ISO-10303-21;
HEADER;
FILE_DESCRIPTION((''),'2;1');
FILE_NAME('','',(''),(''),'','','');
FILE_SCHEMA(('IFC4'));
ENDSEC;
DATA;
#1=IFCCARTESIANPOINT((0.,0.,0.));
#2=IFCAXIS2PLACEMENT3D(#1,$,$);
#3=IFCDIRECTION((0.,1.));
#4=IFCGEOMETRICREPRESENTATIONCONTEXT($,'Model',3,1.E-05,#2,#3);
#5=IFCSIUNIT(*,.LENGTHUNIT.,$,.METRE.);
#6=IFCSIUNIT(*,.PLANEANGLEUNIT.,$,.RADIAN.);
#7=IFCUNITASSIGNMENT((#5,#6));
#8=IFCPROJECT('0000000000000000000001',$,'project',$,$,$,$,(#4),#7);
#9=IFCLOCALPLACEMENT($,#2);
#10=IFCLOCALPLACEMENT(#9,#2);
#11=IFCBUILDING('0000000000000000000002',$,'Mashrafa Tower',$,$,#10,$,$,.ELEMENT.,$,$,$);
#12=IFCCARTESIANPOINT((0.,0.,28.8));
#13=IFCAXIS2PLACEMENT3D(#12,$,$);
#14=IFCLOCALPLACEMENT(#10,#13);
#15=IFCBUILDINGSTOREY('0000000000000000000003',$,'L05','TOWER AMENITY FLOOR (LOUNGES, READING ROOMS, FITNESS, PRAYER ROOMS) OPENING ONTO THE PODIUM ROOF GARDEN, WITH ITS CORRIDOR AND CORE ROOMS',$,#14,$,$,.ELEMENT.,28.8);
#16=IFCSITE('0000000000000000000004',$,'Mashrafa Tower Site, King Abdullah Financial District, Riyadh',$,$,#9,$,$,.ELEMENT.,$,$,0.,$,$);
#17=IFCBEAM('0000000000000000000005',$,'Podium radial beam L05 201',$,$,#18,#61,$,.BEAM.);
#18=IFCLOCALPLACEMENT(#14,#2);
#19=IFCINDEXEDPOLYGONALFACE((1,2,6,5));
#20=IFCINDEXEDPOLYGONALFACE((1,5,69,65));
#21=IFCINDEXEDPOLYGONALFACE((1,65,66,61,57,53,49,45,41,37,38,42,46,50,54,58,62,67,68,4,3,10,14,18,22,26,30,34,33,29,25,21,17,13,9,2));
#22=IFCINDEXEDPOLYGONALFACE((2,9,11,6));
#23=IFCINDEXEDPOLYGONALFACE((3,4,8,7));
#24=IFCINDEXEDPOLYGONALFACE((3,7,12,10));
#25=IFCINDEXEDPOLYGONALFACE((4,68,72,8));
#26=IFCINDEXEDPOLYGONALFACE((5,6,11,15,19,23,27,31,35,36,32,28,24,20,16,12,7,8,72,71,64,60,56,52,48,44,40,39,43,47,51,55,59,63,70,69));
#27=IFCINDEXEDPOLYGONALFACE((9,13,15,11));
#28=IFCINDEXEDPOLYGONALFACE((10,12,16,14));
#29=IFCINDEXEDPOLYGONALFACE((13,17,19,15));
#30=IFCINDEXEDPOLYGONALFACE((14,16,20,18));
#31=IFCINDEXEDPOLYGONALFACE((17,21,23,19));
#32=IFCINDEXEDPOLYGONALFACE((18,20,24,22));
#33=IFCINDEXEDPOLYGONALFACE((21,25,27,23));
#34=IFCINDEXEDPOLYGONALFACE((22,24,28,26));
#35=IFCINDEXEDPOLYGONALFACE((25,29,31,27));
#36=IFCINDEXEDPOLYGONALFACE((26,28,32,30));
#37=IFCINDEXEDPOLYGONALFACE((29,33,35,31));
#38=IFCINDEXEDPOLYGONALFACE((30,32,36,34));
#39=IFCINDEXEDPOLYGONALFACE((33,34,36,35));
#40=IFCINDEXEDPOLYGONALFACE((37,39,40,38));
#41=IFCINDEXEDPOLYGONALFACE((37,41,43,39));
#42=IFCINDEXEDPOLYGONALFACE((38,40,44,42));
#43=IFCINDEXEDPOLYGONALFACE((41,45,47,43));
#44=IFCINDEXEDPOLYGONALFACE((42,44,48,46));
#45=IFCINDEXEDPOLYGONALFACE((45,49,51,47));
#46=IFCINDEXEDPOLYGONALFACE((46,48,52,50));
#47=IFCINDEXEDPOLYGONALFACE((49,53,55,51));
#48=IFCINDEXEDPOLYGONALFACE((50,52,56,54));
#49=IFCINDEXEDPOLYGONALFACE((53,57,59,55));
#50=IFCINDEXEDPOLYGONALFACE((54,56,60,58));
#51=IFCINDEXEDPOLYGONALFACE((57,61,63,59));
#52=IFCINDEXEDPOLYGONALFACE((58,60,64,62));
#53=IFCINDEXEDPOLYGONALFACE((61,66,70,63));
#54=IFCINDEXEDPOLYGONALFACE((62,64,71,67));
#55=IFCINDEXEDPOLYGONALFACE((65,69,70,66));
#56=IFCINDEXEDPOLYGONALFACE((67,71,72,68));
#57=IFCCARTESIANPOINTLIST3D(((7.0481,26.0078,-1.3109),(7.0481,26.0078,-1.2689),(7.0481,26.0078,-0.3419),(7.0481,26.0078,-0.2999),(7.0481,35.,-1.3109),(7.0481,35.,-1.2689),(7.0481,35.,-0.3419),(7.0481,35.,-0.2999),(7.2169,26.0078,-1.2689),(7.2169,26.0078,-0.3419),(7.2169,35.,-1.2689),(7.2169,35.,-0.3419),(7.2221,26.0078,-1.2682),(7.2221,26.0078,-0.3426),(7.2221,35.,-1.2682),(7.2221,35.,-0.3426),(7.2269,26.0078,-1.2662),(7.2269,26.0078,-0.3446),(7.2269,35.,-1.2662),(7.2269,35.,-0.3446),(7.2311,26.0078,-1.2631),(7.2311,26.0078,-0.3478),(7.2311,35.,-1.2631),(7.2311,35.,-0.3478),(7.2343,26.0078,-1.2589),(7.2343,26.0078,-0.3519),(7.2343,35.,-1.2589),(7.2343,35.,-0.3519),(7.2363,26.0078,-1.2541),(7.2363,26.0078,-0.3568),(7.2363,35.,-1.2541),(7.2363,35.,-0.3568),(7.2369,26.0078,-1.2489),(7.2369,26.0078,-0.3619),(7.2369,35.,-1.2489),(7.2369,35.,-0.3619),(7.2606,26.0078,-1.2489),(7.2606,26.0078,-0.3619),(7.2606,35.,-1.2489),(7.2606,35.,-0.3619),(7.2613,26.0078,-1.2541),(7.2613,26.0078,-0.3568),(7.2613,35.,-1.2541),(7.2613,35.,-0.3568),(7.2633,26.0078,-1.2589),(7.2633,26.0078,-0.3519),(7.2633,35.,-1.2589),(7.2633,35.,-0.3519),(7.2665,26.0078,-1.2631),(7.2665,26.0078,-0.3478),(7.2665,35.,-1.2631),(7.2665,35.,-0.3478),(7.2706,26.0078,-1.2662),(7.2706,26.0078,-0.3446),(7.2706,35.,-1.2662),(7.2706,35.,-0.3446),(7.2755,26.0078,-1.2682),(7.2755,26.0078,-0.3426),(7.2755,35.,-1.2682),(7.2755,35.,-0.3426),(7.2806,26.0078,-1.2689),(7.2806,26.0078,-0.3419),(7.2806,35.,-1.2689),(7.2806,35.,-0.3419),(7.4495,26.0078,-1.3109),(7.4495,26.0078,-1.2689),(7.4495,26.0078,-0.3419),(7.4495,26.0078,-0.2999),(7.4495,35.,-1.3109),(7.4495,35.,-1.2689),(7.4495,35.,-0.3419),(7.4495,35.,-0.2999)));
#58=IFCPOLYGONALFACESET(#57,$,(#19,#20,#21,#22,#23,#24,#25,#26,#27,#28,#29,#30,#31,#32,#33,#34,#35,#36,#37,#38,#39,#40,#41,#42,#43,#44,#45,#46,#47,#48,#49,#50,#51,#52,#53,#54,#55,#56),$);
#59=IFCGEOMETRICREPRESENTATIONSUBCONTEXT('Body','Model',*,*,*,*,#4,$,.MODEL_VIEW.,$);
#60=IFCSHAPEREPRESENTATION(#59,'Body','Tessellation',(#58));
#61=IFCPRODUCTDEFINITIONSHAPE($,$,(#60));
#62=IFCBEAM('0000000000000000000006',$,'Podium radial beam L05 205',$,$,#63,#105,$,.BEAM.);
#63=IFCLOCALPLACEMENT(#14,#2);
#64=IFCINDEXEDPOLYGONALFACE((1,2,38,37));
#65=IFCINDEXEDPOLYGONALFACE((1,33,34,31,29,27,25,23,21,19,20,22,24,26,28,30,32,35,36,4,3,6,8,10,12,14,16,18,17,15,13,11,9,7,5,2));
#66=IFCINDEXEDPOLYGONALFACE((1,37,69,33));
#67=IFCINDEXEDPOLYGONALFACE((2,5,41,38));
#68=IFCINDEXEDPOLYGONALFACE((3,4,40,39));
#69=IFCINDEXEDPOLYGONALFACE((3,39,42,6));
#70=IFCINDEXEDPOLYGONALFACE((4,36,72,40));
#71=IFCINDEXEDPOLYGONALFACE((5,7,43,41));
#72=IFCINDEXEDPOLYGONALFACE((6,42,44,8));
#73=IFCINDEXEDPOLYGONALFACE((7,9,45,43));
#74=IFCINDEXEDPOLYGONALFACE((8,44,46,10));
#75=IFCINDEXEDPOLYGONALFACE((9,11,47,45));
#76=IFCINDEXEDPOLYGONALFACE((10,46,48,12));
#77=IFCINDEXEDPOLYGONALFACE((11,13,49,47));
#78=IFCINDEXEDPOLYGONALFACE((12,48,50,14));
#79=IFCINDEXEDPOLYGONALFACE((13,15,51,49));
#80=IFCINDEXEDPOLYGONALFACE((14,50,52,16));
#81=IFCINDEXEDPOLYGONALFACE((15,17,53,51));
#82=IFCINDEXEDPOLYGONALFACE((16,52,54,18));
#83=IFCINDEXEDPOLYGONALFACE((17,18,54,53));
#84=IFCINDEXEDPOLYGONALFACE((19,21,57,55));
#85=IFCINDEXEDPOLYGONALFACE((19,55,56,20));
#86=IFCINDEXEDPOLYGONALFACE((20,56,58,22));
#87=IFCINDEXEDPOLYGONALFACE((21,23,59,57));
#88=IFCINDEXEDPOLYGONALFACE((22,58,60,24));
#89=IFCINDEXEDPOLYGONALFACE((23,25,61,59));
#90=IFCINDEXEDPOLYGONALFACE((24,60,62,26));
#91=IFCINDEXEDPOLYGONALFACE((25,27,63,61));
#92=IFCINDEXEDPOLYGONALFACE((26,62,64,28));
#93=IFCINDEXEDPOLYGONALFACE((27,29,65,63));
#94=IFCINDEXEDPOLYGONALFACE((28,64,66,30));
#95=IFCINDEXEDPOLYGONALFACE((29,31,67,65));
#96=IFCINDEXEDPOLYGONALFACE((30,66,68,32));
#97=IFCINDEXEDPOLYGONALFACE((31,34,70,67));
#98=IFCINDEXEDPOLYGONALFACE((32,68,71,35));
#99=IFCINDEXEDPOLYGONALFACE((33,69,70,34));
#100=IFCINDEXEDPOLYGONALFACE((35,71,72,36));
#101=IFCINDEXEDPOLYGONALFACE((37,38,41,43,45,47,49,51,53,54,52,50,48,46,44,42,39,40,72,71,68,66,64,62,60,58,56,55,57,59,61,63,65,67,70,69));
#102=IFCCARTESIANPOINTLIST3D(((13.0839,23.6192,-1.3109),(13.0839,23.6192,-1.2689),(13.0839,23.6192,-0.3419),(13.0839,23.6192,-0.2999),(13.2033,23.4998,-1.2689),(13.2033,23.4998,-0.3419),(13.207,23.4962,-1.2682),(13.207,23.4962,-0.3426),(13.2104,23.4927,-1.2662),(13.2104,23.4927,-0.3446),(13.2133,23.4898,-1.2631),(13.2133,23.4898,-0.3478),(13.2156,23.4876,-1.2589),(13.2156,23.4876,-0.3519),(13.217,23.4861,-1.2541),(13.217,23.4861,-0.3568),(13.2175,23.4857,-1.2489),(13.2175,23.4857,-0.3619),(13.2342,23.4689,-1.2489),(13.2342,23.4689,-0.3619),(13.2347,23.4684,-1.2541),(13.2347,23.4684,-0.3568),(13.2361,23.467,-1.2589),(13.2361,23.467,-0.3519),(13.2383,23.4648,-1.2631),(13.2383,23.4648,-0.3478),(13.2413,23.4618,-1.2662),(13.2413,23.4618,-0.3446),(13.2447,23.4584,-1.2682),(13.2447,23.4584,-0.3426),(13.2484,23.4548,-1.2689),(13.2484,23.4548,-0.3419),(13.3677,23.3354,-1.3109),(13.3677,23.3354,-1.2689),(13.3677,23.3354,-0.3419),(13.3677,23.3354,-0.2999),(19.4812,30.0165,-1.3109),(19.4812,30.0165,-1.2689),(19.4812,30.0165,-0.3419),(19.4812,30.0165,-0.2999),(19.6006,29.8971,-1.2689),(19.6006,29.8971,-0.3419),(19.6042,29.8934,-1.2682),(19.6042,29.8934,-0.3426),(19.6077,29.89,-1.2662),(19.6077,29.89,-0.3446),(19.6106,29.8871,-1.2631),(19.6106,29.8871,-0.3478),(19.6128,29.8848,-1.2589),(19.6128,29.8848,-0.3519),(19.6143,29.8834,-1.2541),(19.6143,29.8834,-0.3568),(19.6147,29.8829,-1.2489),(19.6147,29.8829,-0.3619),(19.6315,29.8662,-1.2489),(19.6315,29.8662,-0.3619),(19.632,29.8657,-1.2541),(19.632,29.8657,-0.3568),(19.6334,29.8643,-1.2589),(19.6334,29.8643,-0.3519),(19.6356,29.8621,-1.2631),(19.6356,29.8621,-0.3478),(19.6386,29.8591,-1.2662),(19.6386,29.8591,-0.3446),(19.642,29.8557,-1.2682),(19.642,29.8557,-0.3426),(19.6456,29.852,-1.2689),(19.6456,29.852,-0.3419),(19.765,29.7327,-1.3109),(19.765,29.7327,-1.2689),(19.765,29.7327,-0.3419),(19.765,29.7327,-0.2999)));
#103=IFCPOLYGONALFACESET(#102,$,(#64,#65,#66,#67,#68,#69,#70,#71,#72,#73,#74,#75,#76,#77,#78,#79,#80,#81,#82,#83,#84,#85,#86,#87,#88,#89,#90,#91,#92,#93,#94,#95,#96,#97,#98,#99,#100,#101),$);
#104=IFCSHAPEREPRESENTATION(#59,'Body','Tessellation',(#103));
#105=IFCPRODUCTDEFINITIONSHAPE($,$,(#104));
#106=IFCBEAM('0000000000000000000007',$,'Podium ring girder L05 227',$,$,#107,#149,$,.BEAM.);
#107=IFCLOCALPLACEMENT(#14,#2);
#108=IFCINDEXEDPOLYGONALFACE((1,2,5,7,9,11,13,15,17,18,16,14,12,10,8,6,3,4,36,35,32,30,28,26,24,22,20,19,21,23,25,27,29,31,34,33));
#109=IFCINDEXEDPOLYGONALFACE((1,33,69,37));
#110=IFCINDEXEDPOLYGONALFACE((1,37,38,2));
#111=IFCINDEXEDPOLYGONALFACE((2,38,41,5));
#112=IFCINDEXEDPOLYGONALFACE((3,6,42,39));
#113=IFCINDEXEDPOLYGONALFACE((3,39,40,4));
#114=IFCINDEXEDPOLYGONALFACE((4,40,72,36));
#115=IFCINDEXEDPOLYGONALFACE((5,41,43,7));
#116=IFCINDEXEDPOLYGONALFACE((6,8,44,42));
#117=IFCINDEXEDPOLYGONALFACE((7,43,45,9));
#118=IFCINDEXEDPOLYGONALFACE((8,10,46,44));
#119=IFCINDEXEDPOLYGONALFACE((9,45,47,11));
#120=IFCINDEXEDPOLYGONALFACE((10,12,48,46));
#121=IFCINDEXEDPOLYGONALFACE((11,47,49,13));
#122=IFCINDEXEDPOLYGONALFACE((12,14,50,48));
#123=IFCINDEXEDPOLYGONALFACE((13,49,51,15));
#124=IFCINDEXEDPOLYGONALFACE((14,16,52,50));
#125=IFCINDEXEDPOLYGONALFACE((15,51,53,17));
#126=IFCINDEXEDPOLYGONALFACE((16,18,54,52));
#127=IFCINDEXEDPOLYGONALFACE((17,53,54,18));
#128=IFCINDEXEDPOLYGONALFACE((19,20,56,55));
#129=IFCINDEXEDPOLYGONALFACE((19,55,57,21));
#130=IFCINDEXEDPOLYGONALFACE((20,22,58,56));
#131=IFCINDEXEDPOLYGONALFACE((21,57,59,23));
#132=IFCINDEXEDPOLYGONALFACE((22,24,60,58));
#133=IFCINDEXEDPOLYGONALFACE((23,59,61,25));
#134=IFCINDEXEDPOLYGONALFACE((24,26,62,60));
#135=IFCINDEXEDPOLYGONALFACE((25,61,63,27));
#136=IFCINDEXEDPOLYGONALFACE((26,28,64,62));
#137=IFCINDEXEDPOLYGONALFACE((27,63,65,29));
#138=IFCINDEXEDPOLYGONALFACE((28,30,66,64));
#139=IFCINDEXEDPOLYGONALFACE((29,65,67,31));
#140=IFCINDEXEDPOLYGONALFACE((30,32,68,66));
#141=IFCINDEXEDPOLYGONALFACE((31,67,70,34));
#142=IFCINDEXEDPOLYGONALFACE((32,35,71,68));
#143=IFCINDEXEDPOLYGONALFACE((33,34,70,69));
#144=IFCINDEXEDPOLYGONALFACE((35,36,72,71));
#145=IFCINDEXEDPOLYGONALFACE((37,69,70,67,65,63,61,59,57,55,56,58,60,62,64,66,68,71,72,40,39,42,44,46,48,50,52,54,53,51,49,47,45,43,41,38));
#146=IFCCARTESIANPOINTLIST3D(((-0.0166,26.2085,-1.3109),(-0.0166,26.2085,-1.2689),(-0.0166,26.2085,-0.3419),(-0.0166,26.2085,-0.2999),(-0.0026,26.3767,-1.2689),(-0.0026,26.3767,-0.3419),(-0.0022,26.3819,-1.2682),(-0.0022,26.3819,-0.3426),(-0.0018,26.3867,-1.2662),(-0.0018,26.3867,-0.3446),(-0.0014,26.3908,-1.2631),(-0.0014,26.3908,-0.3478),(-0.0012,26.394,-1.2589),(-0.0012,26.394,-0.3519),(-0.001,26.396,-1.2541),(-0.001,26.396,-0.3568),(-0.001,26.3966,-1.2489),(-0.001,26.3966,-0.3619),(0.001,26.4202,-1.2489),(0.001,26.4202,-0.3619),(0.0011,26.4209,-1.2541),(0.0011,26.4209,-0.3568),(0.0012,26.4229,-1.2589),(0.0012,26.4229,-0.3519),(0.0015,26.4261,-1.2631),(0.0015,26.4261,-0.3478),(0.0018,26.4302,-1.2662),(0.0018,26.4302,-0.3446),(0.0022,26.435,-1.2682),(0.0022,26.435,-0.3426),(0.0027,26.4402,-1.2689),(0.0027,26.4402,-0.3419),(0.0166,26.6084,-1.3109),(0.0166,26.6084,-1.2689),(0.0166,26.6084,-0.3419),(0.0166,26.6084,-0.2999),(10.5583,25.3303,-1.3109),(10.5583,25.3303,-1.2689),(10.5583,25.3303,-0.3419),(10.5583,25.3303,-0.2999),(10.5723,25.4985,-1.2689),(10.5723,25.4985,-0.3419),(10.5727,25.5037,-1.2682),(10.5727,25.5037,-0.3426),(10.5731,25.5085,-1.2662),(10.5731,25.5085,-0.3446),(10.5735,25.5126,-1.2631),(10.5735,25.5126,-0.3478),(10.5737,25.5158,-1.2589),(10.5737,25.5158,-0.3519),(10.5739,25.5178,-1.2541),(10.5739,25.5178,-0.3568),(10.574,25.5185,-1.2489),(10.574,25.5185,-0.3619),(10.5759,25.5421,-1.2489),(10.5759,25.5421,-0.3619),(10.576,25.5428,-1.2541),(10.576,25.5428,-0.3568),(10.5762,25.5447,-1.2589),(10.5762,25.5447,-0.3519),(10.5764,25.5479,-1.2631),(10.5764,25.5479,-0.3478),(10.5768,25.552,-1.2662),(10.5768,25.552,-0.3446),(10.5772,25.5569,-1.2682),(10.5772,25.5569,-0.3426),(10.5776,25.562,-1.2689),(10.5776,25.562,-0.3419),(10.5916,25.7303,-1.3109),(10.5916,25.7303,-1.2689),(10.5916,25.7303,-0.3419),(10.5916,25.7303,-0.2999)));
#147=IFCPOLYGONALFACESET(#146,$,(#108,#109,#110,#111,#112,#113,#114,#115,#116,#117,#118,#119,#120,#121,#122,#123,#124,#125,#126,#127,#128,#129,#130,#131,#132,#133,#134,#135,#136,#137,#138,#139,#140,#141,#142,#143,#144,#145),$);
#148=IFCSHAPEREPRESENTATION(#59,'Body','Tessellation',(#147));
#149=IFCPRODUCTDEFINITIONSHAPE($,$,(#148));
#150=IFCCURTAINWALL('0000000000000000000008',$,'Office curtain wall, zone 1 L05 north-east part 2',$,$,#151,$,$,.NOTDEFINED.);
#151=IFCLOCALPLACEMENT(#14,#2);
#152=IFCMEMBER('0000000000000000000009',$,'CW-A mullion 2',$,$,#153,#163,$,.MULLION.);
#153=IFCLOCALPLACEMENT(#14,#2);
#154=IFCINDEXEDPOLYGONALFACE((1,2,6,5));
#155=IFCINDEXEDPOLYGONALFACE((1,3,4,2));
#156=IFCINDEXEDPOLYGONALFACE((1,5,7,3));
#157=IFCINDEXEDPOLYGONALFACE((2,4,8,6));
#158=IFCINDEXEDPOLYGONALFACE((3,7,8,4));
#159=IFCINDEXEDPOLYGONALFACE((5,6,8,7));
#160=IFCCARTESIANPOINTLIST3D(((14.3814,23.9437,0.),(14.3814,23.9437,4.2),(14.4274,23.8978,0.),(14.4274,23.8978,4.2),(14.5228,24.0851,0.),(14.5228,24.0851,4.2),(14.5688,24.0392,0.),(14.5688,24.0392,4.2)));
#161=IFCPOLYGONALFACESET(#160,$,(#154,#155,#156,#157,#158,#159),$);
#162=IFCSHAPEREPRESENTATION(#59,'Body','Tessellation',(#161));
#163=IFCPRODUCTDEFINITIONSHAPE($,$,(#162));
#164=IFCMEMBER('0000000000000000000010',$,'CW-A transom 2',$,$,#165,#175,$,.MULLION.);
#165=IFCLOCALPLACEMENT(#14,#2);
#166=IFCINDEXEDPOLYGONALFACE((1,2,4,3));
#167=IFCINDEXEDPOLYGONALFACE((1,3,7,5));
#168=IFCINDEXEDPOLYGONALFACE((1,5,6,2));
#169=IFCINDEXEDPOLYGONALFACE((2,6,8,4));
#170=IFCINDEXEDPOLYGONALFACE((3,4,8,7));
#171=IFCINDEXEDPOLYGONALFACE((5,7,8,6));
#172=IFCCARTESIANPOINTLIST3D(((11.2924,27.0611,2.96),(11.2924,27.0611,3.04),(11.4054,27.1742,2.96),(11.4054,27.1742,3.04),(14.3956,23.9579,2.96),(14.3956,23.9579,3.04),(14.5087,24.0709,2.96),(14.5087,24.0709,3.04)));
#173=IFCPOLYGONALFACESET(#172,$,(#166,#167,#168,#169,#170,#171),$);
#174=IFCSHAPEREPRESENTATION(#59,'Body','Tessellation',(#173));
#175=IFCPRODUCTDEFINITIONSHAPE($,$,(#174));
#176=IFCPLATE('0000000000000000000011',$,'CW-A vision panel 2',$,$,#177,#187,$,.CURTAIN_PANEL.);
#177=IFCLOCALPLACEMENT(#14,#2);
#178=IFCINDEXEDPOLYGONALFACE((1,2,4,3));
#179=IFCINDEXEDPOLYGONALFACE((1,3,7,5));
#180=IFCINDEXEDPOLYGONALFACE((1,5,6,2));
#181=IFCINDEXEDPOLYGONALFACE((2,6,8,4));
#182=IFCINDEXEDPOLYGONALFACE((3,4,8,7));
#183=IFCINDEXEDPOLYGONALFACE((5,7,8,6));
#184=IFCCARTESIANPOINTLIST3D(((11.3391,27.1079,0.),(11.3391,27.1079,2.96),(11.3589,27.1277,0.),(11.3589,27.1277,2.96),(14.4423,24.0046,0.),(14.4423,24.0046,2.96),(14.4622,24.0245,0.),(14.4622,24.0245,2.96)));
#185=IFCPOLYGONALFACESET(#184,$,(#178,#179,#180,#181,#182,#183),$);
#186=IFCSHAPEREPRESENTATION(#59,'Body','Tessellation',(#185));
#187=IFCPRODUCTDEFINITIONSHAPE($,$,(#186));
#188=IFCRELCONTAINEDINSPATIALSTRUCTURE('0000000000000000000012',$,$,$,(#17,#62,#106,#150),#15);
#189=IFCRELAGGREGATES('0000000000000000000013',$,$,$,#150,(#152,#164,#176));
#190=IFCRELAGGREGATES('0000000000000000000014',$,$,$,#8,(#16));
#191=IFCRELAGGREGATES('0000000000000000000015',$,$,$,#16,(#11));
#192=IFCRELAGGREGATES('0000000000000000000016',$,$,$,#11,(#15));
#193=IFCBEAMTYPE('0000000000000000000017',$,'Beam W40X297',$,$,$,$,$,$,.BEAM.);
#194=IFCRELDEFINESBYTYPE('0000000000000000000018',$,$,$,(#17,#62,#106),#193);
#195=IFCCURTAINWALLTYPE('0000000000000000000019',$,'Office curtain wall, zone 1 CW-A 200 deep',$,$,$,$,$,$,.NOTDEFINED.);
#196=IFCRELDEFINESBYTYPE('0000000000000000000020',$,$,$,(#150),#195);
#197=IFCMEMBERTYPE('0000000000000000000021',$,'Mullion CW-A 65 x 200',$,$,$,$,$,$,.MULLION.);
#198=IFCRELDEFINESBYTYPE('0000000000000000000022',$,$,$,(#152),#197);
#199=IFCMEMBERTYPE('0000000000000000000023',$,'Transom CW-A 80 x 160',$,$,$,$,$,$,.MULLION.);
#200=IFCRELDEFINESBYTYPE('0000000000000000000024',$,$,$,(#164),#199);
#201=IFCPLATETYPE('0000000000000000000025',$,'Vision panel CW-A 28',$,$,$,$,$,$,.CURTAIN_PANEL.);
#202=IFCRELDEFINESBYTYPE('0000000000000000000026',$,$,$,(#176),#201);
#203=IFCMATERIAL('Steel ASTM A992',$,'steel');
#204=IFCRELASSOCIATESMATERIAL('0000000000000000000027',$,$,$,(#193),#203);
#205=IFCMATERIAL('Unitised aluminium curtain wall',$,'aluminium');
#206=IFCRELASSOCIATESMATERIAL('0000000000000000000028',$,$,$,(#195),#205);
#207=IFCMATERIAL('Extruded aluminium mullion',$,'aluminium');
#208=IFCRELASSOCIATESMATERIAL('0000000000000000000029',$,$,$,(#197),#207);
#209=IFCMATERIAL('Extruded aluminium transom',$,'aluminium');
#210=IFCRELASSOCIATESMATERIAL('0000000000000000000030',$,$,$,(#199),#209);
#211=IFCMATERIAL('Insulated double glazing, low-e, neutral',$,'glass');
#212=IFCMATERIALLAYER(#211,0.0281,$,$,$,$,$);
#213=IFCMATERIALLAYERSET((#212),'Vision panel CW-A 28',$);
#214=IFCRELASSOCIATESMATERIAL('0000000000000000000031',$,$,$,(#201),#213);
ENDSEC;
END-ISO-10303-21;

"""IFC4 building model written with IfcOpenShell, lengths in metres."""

from ifc_helpers import new_model, si_unit, direction, frame, origin, origin_2d, place, context, subcontext, project, spatial, rectangle, i_section, extrude, source, transform, mapped, material, layer, layer_set, material_profile, profile_set, type_object, type_shapes, element, aggregate, save


model = new_model("IFC4")

# Units and contexts
model_context = context("Model", 3, precision=1e-05, world=origin(), true_north=direction((0.0, 1.0)))
body_context = subcontext(model_context, "Body", "Model", "MODEL_VIEW")
ifc_project = project(units=[si_unit("LENGTHUNIT", "METRE"), si_unit("PLANEANGLEUNIT", "RADIAN")], contexts=[model_context])

# Site, building, storey
site_placement = place(None, origin())
site = spatial("IfcSite", under=ifc_project, at=site_placement, Name="Mashrafa Tower Site, King Abdullah Financial District, Riyadh", CompositionType="ELEMENT", RefElevation=0.0)
building_placement = place(site_placement, origin())
building = spatial("IfcBuilding", under=site, at=building_placement, Name="Mashrafa Tower", CompositionType="ELEMENT")
storey_placement = place(building_placement, frame((0.0, 0.0, 28.8)))
storey = spatial("IfcBuildingStorey", under=building, at=storey_placement, Name="L05", Description="TOWER AMENITY FLOOR (LOUNGES, READING ROOMS, FITNESS, PRAYER ROOMS) OPENING ONTO THE PODIUM ROOF GARDEN, WITH ITS CORRIDOR AND CORE ROOMS", CompositionType="ELEMENT", Elevation=28.8)

# Beams
ifc_material_1 = material(Name="Steel ASTM A992", Category="steel")
ifc_material_profile_1 = material_profile(ifc_material_1, i_section(OverallWidth=0.4014, OverallDepth=1.011, WebThickness=0.0237, FlangeThickness=0.042, FilletRadius=0.02, at=origin_2d()), Name="W40X297")
ifc_profile_set_1 = profile_set([ifc_material_profile_1], Name="Steel ASTM A992")
beam_type_1 = type_object("IfcBeamType", Name="Beam W40X297", PredefinedType="BEAM", material=ifc_profile_set_1)
beam_1_placement = place(storey_placement, frame((7.2488, 26.0078, -0.8054), z_axis=(0.0, 1.0, 0.0), x_axis=(-1.0, 0.0, 0.0)))
element("IfcBeam", 1, at=beam_1_placement, inside=storey, type_object=beam_type_1, Name="Podium radial beam L05 201", PredefinedType="BEAM", context=body_context, shape_type="SweptSolid", body=[
    extrude(i_section(OverallWidth=0.4014, OverallDepth=1.011, WebThickness=0.0237, FlangeThickness=0.042, FilletRadius=0.02, at=origin_2d()), origin(), (0.0, 0.0, 1.0), 8.9922),
])
beam_2_placement = place(storey_placement, frame((13.2258, 23.4773, -0.8054), z_axis=(0.707107, 0.707107, 0.0), x_axis=(-0.707107, 0.707107, 0.0)))
element("IfcBeam", 2, at=beam_2_placement, inside=storey, type_object=beam_type_1, Name="Podium radial beam L05 205", PredefinedType="BEAM", context=body_context, shape_type="SweptSolid", body=[
    extrude(i_section(OverallWidth=0.4014, OverallDepth=1.011, WebThickness=0.0237, FlangeThickness=0.042, FilletRadius=0.02, at=origin_2d()), origin(), (0.0, 0.0, 1.0), 9.0471),
])
beam_3_placement = place(storey_placement, frame((10.575, 25.5303, -0.8054), z_axis=(-0.99657, 0.082758, 0.0), x_axis=(-0.082758, -0.99657, 0.0)))
element("IfcBeam", 3, at=beam_3_placement, inside=storey, type_object=beam_type_1, Name="Podium ring girder L05 227", PredefinedType="BEAM", context=body_context, shape_type="SweptSolid", body=[
    extrude(i_section(OverallWidth=0.4014, OverallDepth=1.011, WebThickness=0.0237, FlangeThickness=0.042, FilletRadius=0.02, at=origin_2d()), origin(), (0.0, 0.0, 1.0), 10.6113),
])

# Curtain wall, members, plate
ifc_material_2 = material(Name="Unitised aluminium curtain wall", Category="aluminium")
curtain_wall_type = type_object("IfcCurtainWallType", Name="Office curtain wall, zone 1 CW-A 200 deep", PredefinedType="NOTDEFINED", material=ifc_material_2)
curtain_wall_placement = place(storey_placement, origin())
curtain_wall = element("IfcCurtainWall", 4, at=curtain_wall_placement, inside=storey, type_object=curtain_wall_type, Name="Office curtain wall, zone 1 L05 north-east part 2", PredefinedType="NOTDEFINED")
ifc_material_3 = material(Name="Extruded aluminium mullion", Category="aluminium")
ifc_material_profile_2 = material_profile(ifc_material_3, rectangle(XDim=0.2, YDim=0.0649, at=origin_2d()), Name="Mullion 65x200")
ifc_profile_set_2 = profile_set([ifc_material_profile_2], Name="Extruded aluminium mullion")
member_type_1 = type_object("IfcMemberType", Name="Mullion CW-A 65 x 200", PredefinedType="MULLION", material=ifc_profile_set_2)
shared_shape_1 = source(origin(), body_context, "Body", "SweptSolid", [
    extrude(rectangle(XDim=0.2, YDim=0.0649, at=origin_2d()), origin(), (0.0, 0.0, 1.0), 4.2),
])
type_shapes(member_type_1, [shared_shape_1])
member_1_placement = place(storey_placement, frame((14.4751, 23.9915, 0.0), z_axis=(0.0, 0.0, 1.0), x_axis=(-0.707107, -0.707107, 0.0)))
member_1 = element("IfcMember", 5, at=member_1_placement, type_object=member_type_1, Name="CW-A mullion 2", PredefinedType="MULLION", context=body_context, shape_type="MappedRepresentation", body=[
    mapped(shared_shape_1, transform((0.0, 0.0, 0.0))),
])
ifc_material_4 = material(Name="Extruded aluminium transom", Category="aluminium")
ifc_material_profile_3 = material_profile(ifc_material_4, rectangle(XDim=0.1599, YDim=0.0801, at=origin_2d()), Name="Transom 80x160")
ifc_profile_set_3 = profile_set([ifc_material_profile_3], Name="Extruded aluminium transom")
member_type_2 = type_object("IfcMemberType", Name="Transom CW-A 80 x 160", PredefinedType="MULLION", material=ifc_profile_set_3)
shared_shape_2 = source(origin(), body_context, "Body", "SweptSolid", [
    extrude(rectangle(XDim=0.1599, YDim=0.0801, at=origin_2d()), origin(), (0.0, 0.0, 1.0), 4.3887),
])
type_shapes(member_type_2, [shared_shape_2])
member_2_placement = place(storey_placement, frame((14.4521, 24.0144, 3.0), z_axis=(-0.707107, 0.707107, 0.0), x_axis=(-0.707107, -0.707107, 0.0)))
member_2 = element("IfcMember", 6, at=member_2_placement, type_object=member_type_2, Name="CW-A transom 2", PredefinedType="MULLION", context=body_context, shape_type="MappedRepresentation", body=[
    mapped(shared_shape_2, transform((0.0, 0.0, 0.0))),
])
ifc_material_5 = material(Name="Insulated double glazing, low-e, neutral", Category="glass")
ifc_layer_1 = layer(ifc_material_5, 0.0281)
ifc_layer_set_1 = layer_set([ifc_layer_1], Name="Vision panel CW-A 28")
plate_type_1 = type_object("IfcPlateType", Name="Vision panel CW-A 28", PredefinedType="CURTAIN_PANEL", material=ifc_layer_set_1)
shared_shape_3 = source(origin(), body_context, "Body", "SweptSolid", [
    extrude(rectangle(XDim=4.3887, YDim=0.0281, at=origin_2d()), origin(), (0.0, 0.0, 1.0), 2.96),
])
type_shapes(plate_type_1, [shared_shape_3])
plate_1_placement = place(storey_placement, frame((12.9006, 25.5662, 0.0), z_axis=(0.0, 0.0, 1.0), x_axis=(-0.707107, 0.707107, 0.0)))
plate_1 = element("IfcPlate", 7, at=plate_1_placement, type_object=plate_type_1, Name="CW-A vision panel 2", PredefinedType="CURTAIN_PANEL", context=body_context, shape_type="MappedRepresentation", body=[
    mapped(shared_shape_3, transform((0.0, 0.0, 0.0))),
])
aggregate(curtain_wall, [member_1, member_2, plate_1])

save(model, "model.ifc")
